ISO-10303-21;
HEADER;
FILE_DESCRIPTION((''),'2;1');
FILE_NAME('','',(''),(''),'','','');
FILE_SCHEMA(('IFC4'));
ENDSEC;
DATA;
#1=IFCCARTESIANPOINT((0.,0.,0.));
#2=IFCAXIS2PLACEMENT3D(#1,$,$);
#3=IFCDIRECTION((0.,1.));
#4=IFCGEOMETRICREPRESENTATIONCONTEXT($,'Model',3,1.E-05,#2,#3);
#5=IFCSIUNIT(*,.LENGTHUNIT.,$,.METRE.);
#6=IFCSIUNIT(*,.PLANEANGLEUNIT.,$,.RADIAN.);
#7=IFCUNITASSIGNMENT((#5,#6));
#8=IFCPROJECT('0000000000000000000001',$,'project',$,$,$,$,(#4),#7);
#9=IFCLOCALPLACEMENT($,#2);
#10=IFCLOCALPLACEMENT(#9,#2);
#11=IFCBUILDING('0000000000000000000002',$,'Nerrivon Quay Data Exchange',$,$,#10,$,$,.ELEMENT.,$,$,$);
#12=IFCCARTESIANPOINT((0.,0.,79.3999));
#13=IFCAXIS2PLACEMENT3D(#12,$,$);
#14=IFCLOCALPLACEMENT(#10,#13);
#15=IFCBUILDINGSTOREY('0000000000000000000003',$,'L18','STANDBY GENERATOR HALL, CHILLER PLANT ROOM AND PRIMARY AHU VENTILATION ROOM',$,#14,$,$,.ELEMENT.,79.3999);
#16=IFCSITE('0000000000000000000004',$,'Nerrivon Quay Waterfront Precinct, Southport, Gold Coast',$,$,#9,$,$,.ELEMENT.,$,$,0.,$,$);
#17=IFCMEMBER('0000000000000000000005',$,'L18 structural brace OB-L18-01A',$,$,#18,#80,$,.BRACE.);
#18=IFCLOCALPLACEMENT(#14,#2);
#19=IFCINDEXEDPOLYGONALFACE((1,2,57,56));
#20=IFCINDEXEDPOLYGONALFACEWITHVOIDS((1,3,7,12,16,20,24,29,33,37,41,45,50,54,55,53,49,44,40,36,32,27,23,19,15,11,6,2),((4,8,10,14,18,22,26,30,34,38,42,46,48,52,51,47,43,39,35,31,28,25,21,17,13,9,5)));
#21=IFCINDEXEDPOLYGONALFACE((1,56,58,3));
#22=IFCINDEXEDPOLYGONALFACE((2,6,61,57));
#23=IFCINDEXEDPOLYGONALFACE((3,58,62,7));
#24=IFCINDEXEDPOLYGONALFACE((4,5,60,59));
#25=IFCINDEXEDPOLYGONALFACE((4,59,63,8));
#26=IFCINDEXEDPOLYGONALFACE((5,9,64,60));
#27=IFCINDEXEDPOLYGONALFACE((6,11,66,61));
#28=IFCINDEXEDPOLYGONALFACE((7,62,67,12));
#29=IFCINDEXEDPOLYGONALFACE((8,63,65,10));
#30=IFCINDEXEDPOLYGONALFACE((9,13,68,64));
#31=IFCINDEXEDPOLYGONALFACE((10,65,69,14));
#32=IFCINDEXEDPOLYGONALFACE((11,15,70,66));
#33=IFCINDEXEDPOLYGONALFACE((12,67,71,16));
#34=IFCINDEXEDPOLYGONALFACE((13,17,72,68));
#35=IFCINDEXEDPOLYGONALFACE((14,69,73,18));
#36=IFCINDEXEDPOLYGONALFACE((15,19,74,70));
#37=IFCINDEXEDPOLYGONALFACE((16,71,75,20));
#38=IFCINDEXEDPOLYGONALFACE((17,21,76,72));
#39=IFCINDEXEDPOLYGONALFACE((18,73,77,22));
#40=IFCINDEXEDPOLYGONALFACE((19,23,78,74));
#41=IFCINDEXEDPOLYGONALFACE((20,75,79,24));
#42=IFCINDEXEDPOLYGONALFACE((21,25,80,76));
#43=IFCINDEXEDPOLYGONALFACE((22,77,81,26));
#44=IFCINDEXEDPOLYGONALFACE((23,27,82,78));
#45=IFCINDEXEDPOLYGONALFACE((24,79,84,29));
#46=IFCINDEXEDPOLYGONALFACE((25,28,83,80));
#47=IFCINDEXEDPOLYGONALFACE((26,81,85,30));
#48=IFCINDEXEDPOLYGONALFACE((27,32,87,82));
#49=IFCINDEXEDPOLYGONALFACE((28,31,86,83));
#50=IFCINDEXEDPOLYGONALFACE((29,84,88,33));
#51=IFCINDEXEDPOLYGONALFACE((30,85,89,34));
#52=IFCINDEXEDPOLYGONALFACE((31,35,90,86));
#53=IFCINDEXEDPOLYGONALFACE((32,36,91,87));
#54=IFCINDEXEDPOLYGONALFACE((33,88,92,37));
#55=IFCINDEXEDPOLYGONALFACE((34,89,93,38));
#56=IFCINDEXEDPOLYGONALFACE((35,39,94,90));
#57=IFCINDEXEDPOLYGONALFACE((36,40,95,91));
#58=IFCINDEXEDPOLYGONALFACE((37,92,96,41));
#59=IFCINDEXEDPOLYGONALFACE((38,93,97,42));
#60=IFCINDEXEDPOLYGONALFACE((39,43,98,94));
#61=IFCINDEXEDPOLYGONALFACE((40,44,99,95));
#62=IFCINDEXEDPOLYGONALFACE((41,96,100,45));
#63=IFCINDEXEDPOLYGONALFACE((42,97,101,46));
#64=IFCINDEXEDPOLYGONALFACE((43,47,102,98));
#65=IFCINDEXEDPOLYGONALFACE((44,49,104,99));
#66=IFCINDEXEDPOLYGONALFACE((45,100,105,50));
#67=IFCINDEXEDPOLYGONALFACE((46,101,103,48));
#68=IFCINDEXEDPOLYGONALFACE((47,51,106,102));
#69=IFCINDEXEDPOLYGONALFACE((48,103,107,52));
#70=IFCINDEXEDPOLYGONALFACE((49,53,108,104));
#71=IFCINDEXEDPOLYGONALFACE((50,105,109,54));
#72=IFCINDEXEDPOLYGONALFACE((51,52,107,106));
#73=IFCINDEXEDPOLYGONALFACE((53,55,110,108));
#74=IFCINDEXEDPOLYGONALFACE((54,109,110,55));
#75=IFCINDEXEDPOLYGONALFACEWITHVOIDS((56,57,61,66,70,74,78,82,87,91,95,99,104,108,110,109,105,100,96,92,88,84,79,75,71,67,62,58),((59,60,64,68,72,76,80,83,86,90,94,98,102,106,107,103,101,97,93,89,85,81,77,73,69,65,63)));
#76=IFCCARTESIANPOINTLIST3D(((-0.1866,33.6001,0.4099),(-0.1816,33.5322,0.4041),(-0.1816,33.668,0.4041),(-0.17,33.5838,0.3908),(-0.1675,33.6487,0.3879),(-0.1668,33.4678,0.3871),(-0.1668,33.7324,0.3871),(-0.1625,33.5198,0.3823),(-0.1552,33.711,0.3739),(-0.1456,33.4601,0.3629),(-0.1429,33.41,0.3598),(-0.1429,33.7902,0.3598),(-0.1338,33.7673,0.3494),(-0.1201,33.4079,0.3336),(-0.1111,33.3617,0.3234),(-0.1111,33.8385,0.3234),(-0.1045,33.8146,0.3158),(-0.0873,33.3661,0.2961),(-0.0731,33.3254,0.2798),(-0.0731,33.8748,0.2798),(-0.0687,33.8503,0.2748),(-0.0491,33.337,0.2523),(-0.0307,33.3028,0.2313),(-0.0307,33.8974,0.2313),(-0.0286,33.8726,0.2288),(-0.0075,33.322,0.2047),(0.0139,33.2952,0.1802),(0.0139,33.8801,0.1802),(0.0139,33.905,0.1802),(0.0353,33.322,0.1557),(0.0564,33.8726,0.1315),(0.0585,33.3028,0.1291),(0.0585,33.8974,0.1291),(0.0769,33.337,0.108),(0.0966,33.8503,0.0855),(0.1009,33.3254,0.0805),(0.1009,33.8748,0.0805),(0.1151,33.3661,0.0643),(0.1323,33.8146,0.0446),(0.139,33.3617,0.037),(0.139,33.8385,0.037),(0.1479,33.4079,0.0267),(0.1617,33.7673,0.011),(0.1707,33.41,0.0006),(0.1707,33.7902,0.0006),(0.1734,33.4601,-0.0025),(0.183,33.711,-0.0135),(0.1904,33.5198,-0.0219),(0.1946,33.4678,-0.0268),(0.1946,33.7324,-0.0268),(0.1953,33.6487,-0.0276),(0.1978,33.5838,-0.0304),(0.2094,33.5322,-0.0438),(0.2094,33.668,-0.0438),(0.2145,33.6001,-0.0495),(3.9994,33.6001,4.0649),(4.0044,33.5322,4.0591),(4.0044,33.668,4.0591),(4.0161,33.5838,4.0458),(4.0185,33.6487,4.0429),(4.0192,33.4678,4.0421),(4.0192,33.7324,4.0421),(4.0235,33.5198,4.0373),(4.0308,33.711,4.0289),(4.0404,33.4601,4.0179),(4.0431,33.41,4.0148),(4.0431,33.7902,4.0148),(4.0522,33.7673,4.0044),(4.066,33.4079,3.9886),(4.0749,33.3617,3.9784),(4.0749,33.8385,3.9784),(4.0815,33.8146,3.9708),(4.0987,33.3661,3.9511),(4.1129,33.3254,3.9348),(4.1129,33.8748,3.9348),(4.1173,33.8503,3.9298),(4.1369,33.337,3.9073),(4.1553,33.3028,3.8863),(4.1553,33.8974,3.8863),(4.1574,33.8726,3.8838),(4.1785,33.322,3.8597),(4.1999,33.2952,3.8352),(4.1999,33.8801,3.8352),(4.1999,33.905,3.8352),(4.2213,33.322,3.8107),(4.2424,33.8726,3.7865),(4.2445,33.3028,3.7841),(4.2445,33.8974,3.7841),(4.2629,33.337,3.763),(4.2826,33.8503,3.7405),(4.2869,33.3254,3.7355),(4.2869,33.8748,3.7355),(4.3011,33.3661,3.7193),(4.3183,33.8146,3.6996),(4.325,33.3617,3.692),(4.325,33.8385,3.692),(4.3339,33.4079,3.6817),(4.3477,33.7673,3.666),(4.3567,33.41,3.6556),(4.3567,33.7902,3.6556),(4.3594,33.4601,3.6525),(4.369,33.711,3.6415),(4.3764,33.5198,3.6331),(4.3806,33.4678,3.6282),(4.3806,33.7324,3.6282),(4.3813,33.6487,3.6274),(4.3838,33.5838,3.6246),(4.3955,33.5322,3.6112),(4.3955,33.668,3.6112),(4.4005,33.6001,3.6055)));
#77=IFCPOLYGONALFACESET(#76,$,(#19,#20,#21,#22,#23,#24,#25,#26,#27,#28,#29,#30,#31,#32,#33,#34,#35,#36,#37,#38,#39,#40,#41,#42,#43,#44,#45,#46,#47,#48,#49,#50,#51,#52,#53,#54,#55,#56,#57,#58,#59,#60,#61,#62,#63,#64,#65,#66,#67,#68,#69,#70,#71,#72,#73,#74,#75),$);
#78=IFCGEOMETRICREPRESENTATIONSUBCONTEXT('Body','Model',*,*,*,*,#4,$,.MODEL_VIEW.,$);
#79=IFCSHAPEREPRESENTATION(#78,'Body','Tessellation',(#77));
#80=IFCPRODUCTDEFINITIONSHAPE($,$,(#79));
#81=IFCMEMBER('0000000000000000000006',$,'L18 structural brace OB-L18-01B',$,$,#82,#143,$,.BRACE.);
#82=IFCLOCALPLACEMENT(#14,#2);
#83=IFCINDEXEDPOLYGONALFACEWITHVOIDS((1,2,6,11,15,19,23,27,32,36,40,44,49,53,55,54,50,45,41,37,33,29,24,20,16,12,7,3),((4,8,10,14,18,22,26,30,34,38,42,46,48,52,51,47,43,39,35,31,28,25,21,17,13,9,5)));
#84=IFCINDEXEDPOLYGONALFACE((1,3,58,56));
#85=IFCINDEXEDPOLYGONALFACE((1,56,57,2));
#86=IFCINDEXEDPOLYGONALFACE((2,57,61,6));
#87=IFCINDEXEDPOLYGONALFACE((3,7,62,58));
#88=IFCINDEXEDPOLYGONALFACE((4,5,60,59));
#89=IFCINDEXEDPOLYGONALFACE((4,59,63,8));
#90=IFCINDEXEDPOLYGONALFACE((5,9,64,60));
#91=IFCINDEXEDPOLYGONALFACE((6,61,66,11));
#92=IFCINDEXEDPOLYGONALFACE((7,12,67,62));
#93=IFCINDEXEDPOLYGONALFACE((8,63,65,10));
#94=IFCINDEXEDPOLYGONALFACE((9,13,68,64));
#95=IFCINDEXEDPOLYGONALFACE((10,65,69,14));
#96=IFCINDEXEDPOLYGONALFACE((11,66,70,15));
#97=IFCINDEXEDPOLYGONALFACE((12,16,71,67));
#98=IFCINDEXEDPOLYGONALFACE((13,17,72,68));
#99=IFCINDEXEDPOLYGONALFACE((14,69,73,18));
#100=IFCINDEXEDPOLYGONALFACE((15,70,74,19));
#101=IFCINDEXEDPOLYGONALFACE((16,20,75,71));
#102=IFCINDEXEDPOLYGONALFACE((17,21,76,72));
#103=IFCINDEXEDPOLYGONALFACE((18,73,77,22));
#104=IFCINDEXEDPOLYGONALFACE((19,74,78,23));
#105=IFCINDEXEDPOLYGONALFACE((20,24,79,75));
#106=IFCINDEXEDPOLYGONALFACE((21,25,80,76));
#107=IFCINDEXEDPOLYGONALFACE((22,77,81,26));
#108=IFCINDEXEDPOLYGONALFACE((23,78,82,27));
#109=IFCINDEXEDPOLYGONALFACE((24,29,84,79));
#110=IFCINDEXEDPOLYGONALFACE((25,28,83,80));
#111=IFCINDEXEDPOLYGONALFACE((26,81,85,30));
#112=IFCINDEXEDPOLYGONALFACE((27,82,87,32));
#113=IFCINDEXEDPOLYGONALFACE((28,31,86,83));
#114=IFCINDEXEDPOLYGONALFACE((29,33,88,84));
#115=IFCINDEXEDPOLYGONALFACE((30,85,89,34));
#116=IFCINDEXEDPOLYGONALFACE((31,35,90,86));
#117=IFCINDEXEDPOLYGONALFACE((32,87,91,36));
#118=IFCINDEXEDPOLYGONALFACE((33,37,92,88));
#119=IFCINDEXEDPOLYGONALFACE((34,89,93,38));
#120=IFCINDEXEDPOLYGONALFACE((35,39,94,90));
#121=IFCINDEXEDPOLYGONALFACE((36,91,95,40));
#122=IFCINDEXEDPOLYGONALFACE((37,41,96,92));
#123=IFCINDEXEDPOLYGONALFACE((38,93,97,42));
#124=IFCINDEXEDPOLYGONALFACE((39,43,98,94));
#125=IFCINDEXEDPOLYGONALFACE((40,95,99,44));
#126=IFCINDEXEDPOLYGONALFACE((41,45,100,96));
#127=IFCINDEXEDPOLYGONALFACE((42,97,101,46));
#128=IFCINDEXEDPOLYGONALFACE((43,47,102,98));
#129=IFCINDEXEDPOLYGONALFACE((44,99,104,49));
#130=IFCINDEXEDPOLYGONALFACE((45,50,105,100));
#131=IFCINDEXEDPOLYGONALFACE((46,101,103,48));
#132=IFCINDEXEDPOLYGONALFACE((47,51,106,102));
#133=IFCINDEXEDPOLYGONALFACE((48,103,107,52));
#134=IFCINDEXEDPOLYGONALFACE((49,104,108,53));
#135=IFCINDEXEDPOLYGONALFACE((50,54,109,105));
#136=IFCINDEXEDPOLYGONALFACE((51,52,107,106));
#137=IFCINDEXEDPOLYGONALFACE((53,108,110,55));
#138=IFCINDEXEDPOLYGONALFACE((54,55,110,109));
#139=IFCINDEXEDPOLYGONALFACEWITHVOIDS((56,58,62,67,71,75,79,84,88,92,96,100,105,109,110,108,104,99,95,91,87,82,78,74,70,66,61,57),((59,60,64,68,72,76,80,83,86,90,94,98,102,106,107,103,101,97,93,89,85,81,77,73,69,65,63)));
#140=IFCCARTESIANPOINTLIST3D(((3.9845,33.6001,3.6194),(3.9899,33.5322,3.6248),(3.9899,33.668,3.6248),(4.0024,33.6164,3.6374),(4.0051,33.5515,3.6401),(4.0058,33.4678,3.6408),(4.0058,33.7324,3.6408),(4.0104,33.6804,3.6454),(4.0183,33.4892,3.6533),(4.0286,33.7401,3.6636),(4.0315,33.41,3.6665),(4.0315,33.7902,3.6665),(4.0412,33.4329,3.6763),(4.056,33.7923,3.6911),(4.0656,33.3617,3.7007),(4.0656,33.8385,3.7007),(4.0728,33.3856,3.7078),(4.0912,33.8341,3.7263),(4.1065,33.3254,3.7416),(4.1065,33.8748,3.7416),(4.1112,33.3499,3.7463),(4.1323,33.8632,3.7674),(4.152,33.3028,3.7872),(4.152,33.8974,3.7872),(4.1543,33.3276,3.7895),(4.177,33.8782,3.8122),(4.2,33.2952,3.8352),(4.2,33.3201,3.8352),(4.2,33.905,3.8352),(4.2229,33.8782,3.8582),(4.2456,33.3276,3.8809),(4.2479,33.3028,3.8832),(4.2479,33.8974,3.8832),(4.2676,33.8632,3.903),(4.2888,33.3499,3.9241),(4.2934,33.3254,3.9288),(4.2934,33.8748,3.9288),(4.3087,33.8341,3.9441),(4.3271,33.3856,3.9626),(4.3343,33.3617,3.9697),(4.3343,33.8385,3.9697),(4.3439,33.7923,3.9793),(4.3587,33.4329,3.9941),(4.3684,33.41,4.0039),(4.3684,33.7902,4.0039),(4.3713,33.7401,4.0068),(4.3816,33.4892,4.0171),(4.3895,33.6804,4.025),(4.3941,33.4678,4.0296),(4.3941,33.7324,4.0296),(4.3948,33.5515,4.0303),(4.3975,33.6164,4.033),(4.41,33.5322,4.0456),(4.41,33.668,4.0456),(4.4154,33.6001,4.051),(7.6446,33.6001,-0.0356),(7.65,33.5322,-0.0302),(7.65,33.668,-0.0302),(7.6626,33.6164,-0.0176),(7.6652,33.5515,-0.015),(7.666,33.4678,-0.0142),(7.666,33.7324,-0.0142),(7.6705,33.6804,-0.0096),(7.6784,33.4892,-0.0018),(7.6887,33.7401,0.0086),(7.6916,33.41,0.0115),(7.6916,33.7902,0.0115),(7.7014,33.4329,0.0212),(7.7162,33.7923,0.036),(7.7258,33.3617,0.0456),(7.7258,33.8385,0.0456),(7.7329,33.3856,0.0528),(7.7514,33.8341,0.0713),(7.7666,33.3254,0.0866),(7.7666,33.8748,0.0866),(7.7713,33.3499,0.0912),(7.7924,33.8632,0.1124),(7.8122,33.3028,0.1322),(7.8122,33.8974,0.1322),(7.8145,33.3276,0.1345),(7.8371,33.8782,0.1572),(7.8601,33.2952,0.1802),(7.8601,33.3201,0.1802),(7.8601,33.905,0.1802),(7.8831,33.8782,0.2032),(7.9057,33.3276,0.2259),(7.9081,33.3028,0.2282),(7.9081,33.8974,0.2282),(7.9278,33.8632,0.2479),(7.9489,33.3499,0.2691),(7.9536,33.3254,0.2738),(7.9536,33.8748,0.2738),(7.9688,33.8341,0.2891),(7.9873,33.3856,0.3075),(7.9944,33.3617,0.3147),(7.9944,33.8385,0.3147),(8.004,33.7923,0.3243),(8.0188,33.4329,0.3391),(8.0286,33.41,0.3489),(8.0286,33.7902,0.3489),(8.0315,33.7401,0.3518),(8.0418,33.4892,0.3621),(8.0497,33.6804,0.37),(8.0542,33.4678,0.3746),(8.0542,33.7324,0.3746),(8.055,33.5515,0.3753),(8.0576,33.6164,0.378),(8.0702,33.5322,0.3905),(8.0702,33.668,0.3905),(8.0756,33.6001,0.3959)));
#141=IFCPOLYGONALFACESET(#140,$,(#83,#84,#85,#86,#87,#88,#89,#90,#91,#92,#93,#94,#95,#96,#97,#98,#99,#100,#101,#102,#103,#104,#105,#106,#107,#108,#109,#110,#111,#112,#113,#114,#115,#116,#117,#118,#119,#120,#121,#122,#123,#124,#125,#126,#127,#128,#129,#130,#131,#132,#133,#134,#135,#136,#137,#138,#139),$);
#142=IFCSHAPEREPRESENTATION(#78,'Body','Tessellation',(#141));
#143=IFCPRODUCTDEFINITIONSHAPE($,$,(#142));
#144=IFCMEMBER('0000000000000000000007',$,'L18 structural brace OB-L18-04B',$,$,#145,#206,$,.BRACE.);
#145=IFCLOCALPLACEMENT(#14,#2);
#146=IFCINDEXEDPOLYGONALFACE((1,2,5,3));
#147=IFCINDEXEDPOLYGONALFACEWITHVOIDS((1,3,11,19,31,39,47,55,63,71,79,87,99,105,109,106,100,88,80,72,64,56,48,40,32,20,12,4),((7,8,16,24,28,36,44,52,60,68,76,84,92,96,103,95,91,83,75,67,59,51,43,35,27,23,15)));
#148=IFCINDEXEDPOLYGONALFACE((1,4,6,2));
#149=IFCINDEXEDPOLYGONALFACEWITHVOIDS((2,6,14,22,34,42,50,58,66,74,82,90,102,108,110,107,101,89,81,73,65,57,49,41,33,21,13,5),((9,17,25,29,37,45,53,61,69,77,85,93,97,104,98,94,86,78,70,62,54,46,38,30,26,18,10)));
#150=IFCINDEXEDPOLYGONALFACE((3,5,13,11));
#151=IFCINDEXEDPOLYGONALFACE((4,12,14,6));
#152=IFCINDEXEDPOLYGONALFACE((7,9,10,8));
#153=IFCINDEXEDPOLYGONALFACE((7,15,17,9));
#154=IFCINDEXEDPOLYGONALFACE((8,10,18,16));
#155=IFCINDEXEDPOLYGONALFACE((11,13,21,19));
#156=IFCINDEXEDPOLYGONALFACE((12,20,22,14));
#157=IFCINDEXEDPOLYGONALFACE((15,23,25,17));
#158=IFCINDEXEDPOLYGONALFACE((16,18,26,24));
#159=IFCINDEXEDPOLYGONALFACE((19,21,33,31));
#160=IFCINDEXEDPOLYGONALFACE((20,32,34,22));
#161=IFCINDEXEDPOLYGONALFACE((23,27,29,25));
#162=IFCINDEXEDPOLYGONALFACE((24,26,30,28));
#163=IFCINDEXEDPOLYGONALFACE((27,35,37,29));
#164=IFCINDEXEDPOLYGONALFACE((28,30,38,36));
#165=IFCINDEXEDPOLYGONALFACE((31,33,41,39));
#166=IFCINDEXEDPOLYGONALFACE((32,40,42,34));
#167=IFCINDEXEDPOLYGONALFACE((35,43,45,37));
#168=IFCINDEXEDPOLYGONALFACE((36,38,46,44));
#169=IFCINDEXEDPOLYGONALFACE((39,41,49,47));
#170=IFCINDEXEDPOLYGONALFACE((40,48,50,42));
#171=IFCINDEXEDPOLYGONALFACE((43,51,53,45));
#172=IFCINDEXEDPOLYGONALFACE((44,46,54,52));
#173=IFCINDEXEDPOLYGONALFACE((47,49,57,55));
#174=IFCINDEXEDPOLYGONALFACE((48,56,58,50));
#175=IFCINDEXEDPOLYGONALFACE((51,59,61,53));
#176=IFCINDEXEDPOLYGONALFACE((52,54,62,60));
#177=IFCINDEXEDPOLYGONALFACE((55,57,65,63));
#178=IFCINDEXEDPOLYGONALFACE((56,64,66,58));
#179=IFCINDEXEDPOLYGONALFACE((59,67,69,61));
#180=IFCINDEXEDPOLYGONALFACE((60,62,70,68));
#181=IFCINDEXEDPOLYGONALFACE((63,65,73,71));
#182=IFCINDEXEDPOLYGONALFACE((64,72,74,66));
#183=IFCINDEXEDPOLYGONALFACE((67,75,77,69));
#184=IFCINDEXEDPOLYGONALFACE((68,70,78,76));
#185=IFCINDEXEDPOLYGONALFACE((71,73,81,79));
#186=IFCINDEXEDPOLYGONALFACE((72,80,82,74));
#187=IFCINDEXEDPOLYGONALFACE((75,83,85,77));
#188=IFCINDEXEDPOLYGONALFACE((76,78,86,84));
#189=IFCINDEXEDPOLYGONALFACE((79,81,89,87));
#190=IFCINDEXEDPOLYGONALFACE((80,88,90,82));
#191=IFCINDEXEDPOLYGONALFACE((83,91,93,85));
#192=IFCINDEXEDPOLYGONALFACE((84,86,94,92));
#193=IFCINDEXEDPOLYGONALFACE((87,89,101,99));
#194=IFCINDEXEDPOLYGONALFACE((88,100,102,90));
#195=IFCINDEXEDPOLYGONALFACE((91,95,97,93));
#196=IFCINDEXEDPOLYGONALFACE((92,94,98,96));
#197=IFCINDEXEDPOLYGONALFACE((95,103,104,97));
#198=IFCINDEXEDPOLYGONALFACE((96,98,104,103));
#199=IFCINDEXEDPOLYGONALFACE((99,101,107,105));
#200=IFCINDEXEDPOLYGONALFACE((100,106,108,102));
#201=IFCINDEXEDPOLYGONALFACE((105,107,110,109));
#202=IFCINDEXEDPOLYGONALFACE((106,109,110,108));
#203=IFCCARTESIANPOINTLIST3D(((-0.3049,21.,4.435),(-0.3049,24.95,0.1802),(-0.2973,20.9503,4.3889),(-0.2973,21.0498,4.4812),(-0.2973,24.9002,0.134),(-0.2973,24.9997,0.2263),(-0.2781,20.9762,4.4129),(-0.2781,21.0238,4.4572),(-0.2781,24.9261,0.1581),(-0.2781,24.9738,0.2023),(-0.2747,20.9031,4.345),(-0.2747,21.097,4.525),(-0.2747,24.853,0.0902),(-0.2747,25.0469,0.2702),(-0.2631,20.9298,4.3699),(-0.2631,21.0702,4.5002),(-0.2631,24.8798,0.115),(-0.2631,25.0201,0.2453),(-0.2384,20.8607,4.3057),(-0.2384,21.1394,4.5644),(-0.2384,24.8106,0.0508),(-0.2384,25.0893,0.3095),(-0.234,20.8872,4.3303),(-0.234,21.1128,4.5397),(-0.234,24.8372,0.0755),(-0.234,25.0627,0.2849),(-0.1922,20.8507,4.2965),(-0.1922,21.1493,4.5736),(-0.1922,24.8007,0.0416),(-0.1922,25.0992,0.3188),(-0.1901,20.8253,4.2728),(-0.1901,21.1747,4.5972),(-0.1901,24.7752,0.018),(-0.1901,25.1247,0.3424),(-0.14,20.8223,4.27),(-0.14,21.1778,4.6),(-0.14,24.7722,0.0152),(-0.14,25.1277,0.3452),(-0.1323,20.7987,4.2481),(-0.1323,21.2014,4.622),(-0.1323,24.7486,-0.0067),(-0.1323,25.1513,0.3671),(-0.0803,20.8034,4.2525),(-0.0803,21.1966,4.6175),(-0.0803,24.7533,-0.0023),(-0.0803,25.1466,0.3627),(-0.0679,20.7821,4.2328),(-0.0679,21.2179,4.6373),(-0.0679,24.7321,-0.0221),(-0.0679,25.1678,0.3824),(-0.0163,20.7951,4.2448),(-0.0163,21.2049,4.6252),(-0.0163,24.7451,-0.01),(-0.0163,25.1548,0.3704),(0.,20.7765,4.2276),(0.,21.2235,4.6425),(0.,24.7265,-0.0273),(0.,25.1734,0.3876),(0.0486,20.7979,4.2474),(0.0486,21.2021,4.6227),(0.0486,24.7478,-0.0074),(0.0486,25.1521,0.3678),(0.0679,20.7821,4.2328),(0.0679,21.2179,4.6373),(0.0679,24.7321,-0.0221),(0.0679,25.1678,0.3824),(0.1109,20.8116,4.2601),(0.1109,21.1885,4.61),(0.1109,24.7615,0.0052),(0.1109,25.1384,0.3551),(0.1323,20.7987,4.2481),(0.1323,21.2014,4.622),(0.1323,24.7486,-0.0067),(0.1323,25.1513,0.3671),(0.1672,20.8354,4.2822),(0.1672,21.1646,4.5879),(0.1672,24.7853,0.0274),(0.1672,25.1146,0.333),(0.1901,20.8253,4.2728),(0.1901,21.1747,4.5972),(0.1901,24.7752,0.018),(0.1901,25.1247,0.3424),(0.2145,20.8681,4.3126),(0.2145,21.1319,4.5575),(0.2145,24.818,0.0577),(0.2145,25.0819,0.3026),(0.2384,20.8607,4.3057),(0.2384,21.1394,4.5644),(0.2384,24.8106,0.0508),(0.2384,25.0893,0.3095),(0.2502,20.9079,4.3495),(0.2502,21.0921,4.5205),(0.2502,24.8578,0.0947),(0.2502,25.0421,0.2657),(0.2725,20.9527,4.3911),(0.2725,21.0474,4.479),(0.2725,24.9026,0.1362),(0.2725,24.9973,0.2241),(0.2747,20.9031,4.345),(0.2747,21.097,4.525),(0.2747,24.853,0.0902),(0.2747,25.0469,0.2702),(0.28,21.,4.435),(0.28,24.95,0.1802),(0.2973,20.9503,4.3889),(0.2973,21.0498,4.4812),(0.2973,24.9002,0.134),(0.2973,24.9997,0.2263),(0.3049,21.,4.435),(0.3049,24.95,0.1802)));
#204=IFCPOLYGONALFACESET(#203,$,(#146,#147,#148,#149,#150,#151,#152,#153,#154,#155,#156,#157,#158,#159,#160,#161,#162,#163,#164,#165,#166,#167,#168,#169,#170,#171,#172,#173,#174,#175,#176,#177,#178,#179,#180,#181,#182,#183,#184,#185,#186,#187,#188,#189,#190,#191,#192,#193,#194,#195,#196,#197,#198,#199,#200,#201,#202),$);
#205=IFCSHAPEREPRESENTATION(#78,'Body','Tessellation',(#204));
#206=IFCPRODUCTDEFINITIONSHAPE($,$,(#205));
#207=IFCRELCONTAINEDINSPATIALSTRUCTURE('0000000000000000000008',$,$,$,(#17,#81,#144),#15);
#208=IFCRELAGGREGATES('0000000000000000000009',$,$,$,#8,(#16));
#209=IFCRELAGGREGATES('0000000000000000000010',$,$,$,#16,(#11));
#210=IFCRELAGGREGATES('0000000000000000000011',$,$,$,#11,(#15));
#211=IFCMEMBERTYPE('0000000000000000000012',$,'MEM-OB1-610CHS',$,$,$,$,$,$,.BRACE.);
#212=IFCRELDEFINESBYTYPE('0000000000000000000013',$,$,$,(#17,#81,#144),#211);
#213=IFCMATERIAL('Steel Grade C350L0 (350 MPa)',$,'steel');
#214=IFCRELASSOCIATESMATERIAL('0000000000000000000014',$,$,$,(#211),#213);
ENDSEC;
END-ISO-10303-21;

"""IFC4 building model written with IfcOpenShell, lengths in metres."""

from ifc_helpers import new_model, si_unit, direction, frame, origin, origin_2d, place, context, subcontext, project, spatial, hollow_circle, extrude, material, material_profile, profile_set, type_object, element, save


model = new_model("IFC4")

# Units and contexts
model_context = context("Model", 3, precision=1e-05, world=origin(), true_north=direction((0.0, 1.0)))
body_context = subcontext(model_context, "Body", "Model", "MODEL_VIEW")
ifc_project = project(units=[si_unit("LENGTHUNIT", "METRE"), si_unit("PLANEANGLEUNIT", "RADIAN")], contexts=[model_context])

# Site, building, storey
site_placement = place(None, origin())
site = spatial("IfcSite", under=ifc_project, at=site_placement, Name="Nerrivon Quay Waterfront Precinct, Southport, Gold Coast", CompositionType="ELEMENT", RefElevation=0.0)
building_placement = place(site_placement, origin())
building = spatial("IfcBuilding", under=site, at=building_placement, Name="Nerrivon Quay Data Exchange", CompositionType="ELEMENT")
storey_placement = place(building_placement, frame((0.0, 0.0, 79.3999)))
storey = spatial("IfcBuildingStorey", under=building, at=storey_placement, Name="L18", Description="STANDBY GENERATOR HALL, CHILLER PLANT ROOM AND PRIMARY AHU VENTILATION ROOM", CompositionType="ELEMENT", Elevation=79.3999)

# Shared definitions
ifc_material_1 = material(Name="Steel Grade C350L0 (350 MPa)", Category="steel")

# Members
ifc_material_profile_1 = material_profile(ifc_material_1, hollow_circle(Radius=0.3049, WallThickness=0.0249, at=origin_2d()), Name="610.0x25.0CHS")
ifc_profile_set_1 = profile_set([ifc_material_profile_1], Name="Steel Grade C350L0 (350 MPa)")
member_type_1 = type_object("IfcMemberType", Name="MEM-OB1-610CHS", PredefinedType="BRACE", material=ifc_profile_set_1)
member_1_placement = place(storey_placement, frame((0.0139, 33.6001, 0.1802), z_axis=(0.753268, 0.0, 0.657714), x_axis=(0.0, 1.0, 0.0)))
element("IfcMember", 1, at=member_1_placement, inside=storey, type_object=member_type_1, Name="L18 structural brace OB-L18-01A", PredefinedType="BRACE", context=body_context, shape_type="SweptSolid", body=[
    extrude(hollow_circle(Radius=0.3049, WallThickness=0.0249, at=origin_2d()), origin(), (0.0, 0.0, 1.0), 5.5571),
])
member_2_placement = place(storey_placement, frame((7.8601, 33.6001, 0.1802), z_axis=(-0.707602, 0.0, 0.706611), x_axis=(0.0, -1.0, 0.0)))
element("IfcMember", 2, at=member_2_placement, inside=storey, type_object=member_type_1, Name="L18 structural brace OB-L18-01B", PredefinedType="BRACE", context=body_context, shape_type="SweptSolid", body=[
    extrude(hollow_circle(Radius=0.3049, WallThickness=0.0249, at=origin_2d()), origin(), (0.0, 0.0, 1.0), 5.1726),
])
member_3_placement = place(storey_placement, frame((0.0, 24.95, 0.1802), z_axis=(0.0, -0.680358, 0.73288), x_axis=(1.0, 0.0, 0.0)))
element("IfcMember", 3, at=member_3_placement, inside=storey, type_object=member_type_1, Name="L18 structural brace OB-L18-04B", PredefinedType="BRACE", context=body_context, shape_type="SweptSolid", body=[
    extrude(hollow_circle(Radius=0.3049, WallThickness=0.0249, at=origin_2d()), origin(), (0.0, 0.0, 1.0), 5.8057),
])

save(model, "model.ifc")
